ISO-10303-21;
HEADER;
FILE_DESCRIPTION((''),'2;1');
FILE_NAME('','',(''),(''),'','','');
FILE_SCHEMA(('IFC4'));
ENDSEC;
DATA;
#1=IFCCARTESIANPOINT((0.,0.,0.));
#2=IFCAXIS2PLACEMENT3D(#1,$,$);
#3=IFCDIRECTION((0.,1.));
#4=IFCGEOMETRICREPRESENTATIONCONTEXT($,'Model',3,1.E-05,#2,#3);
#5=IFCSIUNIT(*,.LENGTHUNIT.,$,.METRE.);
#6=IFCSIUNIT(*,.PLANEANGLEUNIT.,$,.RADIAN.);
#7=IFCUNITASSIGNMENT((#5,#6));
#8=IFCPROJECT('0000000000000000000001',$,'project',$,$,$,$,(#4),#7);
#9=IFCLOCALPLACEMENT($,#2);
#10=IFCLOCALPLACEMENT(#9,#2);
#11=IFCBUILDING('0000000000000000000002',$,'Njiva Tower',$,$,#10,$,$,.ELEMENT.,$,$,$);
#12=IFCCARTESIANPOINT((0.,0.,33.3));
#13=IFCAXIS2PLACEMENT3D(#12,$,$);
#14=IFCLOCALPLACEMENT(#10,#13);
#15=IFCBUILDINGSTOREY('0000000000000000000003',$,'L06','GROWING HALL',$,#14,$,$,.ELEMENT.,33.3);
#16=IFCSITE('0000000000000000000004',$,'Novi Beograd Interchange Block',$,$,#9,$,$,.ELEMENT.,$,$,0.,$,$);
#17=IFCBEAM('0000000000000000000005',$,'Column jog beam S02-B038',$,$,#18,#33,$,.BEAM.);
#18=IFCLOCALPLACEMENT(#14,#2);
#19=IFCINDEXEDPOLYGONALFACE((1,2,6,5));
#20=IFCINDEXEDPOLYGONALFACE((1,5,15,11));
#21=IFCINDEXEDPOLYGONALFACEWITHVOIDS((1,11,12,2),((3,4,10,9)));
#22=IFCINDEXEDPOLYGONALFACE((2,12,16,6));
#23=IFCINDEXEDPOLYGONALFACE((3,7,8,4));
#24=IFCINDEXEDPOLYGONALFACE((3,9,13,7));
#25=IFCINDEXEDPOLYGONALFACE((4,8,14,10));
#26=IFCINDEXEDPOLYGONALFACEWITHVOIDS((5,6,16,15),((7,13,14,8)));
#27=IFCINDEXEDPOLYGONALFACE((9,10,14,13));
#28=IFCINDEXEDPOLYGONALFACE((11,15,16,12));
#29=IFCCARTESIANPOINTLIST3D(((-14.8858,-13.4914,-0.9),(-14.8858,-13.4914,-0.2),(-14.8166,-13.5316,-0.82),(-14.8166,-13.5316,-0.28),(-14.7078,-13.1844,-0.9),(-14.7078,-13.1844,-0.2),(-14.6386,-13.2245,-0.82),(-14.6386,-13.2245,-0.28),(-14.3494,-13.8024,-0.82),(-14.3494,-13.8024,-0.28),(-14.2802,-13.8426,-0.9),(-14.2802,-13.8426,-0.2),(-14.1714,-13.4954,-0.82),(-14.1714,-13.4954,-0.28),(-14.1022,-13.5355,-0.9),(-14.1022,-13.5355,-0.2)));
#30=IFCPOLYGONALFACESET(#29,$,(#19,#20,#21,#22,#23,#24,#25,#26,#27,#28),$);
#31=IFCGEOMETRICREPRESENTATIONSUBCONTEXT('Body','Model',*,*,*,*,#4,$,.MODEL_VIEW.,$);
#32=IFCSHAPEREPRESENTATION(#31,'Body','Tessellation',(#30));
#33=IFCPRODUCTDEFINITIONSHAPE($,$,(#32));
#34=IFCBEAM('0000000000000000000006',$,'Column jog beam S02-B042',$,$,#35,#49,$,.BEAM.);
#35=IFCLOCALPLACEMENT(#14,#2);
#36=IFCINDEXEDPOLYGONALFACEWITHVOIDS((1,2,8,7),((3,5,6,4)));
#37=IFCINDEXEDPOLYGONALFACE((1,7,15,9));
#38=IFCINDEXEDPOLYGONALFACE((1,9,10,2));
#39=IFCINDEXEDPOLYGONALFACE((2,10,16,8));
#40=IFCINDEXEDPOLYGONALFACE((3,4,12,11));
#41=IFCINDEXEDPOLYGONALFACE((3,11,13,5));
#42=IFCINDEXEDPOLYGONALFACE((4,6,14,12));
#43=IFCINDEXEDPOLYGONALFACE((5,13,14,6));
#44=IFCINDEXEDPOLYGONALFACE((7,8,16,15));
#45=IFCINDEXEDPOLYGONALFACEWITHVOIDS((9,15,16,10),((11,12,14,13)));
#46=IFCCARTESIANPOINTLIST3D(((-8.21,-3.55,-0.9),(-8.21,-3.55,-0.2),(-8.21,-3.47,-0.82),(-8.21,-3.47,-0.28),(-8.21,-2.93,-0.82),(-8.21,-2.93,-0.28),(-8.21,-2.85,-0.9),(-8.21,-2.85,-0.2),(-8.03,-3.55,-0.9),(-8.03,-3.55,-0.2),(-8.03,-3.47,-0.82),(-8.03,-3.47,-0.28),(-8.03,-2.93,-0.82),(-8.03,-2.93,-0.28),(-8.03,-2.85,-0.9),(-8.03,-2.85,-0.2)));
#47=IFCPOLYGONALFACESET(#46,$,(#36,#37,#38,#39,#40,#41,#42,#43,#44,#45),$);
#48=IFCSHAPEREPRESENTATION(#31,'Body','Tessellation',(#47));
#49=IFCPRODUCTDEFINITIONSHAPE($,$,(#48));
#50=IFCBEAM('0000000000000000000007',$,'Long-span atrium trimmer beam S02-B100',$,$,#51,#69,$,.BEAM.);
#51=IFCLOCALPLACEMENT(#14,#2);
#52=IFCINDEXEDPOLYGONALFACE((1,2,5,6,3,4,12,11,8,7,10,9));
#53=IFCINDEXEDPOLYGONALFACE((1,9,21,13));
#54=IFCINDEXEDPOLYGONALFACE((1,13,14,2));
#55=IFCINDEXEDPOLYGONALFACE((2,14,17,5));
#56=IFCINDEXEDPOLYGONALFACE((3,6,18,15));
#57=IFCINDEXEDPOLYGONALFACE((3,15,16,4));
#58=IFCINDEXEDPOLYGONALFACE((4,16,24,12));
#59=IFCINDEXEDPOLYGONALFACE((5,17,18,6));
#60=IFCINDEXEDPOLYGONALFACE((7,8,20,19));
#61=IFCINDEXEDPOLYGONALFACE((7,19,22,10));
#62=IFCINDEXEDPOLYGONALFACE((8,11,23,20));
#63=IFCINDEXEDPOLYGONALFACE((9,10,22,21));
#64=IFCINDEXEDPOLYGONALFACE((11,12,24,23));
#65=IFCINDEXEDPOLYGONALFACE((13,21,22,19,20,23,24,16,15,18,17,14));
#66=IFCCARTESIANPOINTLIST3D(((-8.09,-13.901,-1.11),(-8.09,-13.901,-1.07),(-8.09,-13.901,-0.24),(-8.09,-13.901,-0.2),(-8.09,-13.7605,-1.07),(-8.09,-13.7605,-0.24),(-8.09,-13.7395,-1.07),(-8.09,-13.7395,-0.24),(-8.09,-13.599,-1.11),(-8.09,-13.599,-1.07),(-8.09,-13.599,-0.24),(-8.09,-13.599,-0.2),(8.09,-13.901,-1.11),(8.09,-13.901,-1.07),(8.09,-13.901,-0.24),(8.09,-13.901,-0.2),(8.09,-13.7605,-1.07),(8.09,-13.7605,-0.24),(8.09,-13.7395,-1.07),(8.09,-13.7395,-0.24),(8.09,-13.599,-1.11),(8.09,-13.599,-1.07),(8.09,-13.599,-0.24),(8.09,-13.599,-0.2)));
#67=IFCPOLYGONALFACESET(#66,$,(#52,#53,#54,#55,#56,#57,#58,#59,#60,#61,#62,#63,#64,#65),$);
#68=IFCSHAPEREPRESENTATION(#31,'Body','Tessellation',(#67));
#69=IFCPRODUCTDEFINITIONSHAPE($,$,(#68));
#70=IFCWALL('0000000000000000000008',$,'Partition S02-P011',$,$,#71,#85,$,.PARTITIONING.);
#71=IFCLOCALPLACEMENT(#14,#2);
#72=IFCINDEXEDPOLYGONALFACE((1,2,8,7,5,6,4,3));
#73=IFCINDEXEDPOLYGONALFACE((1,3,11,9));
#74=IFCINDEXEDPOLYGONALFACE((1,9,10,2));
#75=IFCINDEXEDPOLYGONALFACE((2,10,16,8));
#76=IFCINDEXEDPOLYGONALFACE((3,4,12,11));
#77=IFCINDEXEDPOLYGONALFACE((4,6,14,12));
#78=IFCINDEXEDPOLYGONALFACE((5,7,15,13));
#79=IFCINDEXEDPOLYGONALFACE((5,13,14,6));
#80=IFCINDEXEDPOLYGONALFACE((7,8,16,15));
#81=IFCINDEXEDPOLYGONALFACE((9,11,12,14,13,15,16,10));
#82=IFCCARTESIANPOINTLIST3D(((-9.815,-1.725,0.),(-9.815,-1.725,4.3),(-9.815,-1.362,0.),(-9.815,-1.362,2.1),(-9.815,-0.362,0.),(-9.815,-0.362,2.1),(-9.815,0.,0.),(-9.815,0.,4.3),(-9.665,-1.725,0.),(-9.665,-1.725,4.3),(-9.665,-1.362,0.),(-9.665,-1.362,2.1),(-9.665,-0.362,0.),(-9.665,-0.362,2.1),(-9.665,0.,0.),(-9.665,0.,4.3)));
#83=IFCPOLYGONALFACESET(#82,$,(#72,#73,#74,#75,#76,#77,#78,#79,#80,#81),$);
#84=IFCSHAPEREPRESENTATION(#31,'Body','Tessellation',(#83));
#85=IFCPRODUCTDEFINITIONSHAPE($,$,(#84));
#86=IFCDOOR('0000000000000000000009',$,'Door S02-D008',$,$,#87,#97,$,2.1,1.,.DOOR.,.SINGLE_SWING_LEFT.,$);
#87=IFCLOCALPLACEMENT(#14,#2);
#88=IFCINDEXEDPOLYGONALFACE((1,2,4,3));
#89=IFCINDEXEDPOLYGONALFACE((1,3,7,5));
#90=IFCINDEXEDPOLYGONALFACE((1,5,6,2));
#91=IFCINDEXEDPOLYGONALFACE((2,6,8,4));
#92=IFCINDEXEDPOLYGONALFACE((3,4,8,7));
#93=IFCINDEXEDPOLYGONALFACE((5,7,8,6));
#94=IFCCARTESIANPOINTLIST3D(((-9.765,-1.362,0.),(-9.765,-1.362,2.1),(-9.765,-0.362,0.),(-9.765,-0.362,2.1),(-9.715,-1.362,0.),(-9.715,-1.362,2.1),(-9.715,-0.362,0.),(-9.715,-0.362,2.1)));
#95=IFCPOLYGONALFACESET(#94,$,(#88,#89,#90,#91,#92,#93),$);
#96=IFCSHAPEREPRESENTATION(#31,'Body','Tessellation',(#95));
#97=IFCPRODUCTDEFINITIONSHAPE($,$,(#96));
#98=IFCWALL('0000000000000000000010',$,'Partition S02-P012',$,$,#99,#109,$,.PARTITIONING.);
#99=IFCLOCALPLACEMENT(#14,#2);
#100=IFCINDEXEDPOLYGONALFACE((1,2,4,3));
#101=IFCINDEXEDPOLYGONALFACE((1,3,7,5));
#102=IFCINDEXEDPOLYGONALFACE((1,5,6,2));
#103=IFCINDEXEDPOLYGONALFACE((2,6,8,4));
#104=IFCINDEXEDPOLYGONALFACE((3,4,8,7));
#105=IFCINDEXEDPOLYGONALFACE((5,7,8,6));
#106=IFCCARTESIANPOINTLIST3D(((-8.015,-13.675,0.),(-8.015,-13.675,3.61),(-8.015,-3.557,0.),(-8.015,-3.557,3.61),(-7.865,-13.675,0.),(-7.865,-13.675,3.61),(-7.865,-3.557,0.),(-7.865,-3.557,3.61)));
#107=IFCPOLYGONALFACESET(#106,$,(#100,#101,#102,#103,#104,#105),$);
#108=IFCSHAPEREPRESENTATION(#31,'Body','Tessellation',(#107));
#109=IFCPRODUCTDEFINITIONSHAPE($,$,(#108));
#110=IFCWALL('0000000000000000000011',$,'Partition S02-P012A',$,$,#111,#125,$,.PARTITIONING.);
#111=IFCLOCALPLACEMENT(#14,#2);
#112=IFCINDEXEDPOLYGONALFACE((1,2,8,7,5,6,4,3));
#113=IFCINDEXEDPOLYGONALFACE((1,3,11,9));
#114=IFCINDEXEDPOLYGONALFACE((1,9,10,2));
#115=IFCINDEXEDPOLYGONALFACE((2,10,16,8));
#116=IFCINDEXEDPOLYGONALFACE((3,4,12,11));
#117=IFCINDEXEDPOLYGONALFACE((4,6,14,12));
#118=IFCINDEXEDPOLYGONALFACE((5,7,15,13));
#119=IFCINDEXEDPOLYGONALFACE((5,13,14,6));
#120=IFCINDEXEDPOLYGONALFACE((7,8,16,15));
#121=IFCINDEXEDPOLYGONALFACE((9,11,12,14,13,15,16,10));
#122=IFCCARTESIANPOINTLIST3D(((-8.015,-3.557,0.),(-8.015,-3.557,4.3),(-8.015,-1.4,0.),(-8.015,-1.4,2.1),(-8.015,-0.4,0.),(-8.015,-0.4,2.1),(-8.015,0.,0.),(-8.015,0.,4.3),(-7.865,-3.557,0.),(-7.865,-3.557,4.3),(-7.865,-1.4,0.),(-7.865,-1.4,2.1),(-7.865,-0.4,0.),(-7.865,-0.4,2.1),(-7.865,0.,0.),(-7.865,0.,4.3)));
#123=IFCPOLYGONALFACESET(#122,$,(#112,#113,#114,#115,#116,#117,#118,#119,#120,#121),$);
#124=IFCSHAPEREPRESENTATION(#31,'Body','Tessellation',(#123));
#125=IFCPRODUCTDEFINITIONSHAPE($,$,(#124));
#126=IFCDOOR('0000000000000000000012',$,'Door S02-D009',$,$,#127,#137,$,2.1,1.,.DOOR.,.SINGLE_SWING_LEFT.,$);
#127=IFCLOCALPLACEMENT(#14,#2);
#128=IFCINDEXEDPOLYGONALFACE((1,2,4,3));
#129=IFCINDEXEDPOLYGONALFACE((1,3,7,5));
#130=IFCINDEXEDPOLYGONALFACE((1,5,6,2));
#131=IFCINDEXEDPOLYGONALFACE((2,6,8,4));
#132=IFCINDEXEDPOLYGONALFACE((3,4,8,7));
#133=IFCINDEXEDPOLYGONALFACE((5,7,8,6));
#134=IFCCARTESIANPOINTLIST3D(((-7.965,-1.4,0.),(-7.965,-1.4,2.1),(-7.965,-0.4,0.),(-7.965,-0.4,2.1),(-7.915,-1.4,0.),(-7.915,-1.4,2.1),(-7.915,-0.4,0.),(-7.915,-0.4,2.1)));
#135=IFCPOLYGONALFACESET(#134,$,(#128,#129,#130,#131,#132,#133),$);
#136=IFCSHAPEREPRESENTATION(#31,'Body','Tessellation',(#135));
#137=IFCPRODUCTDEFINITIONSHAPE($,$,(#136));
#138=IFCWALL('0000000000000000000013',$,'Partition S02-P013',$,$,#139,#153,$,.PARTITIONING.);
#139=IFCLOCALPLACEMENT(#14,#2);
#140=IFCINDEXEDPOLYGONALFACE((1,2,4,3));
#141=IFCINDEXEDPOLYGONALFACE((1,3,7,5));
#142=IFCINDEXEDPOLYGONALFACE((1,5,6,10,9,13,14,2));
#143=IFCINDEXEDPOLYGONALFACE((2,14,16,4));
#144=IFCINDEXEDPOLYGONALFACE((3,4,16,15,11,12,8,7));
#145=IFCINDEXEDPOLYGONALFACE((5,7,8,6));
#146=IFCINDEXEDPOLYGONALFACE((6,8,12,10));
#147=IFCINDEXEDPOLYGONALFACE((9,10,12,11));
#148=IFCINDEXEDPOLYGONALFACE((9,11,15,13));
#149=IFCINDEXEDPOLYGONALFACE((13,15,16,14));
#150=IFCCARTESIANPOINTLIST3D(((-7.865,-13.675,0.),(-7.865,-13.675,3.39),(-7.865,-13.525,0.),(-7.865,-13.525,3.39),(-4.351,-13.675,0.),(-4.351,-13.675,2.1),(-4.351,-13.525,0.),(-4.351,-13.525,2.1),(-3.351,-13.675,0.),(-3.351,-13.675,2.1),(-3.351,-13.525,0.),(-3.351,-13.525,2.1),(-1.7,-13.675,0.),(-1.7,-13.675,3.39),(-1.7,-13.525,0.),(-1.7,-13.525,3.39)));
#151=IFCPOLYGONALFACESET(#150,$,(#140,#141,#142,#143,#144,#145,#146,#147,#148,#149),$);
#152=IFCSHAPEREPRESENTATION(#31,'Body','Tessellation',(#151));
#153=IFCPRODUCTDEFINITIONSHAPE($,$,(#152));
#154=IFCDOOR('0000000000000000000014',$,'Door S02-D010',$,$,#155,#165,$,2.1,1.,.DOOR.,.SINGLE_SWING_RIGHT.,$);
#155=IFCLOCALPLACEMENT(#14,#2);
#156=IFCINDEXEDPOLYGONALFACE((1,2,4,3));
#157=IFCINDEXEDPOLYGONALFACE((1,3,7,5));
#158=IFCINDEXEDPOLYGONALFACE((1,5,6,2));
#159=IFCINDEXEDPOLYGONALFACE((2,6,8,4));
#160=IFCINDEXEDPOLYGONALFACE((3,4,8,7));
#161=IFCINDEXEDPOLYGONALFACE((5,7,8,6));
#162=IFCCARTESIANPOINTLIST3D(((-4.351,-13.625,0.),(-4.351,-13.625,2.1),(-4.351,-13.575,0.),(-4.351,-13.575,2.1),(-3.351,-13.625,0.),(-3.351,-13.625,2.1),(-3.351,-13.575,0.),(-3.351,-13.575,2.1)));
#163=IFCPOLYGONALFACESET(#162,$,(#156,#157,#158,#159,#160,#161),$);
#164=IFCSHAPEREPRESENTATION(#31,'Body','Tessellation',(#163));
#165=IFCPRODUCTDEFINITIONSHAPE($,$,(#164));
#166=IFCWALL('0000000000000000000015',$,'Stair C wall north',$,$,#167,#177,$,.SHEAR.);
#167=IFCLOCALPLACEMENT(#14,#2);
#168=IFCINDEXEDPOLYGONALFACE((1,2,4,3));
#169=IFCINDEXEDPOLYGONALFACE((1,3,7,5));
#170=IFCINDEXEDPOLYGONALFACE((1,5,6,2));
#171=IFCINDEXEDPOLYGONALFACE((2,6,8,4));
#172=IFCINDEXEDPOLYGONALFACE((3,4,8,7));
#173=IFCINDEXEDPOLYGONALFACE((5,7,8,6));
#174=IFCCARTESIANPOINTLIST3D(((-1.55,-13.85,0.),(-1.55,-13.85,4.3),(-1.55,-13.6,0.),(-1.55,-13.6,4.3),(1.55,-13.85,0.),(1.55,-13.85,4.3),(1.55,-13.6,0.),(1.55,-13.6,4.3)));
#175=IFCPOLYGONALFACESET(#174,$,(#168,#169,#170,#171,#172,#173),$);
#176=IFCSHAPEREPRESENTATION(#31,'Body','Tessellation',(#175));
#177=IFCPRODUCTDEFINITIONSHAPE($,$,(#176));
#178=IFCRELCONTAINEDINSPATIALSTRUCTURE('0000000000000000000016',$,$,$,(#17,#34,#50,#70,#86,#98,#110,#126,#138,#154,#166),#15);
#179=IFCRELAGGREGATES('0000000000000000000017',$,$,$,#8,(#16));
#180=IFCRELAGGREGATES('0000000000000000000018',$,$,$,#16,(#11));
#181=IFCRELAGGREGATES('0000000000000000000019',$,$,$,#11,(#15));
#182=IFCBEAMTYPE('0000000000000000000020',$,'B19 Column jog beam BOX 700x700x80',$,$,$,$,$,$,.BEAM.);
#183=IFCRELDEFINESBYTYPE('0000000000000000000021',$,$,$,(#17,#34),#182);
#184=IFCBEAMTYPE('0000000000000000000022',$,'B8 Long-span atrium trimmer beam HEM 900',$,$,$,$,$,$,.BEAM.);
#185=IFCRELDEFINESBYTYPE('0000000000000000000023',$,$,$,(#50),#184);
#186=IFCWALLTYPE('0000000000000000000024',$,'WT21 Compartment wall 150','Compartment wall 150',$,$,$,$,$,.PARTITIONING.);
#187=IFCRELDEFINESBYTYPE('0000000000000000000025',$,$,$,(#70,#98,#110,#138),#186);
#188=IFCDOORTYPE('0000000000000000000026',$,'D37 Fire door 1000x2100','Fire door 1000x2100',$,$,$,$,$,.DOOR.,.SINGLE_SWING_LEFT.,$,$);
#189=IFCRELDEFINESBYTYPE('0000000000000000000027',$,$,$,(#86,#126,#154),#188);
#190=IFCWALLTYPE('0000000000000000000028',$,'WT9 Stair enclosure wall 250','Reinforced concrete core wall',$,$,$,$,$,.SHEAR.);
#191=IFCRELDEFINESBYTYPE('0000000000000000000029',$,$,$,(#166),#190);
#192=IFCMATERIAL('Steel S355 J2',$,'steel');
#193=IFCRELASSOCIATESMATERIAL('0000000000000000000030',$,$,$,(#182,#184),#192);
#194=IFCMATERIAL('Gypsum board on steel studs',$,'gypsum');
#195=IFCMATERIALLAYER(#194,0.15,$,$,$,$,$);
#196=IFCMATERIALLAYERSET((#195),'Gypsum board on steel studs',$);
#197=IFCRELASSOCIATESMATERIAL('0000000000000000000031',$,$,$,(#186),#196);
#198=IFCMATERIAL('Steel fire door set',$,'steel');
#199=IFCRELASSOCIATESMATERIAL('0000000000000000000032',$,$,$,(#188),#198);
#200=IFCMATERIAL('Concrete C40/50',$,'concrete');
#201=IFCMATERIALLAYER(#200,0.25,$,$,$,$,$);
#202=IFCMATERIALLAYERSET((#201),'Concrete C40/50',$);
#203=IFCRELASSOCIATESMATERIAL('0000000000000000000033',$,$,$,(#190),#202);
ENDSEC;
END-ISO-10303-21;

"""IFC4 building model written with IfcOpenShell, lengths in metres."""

from ifc_helpers import new_model, si_unit, direction, frame, frame_2d, origin, origin_2d, place, context, subcontext, project, spatial, rectangle, hollow_rectangle, i_section, extrude, material, layer, layer_set, material_profile, profile_set, type_object, element, fill, save


model = new_model("IFC4")

# Units and contexts
model_context = context("Model", 3, precision=1e-05, world=origin(), true_north=direction((0.0, 1.0)))
body_context = subcontext(model_context, "Body", "Model", "MODEL_VIEW")
ifc_project = project(units=[si_unit("LENGTHUNIT", "METRE"), si_unit("PLANEANGLEUNIT", "RADIAN")], contexts=[model_context])

# Site, building, storey
site_placement = place(None, origin())
site = spatial("IfcSite", under=ifc_project, at=site_placement, Name="Novi Beograd Interchange Block", CompositionType="ELEMENT", RefElevation=0.0)
building_placement = place(site_placement, origin())
building = spatial("IfcBuilding", under=site, at=building_placement, Name="Njiva Tower", CompositionType="ELEMENT")
storey_placement = place(building_placement, frame((0.0, 0.0, 33.3)))
storey = spatial("IfcBuildingStorey", under=building, at=storey_placement, Name="L06", Description="GROWING HALL", CompositionType="ELEMENT", Elevation=33.3)

# Shared definitions
ifc_material_1 = material(Name="Steel S355 J2", Category="steel")

# Beams
ifc_material_profile_1 = material_profile(ifc_material_1, hollow_rectangle(XDim=0.7, YDim=0.7, WallThickness=0.08, at=origin_2d()), Name="BOX 700x700x80")
ifc_profile_set_1 = profile_set([ifc_material_profile_1], Name="Steel S355 J2")
beam_type_1 = type_object("IfcBeamType", Name="B19 Column jog beam BOX 700x700x80", PredefinedType="BEAM", material=ifc_profile_set_1)
beam_1_placement = place(storey_placement, frame((-14.583, -13.667, -0.55), z_axis=(0.501592, 0.865105, 0.0), x_axis=(-0.865105, 0.501592, 0.0)))
element("IfcBeam", 1, at=beam_1_placement, inside=storey, type_object=beam_type_1, Name="Column jog beam S02-B038", PredefinedType="BEAM", context=body_context, shape_type="SweptSolid", body=[
    extrude(hollow_rectangle(XDim=0.7, YDim=0.7, WallThickness=0.08, at=origin_2d()), origin(), (0.0, 0.0, 1.0), 0.3549),
])
beam_2_placement = place(storey_placement, frame((-8.21, -3.2, -0.55), z_axis=(1.0, 0.0, 0.0), x_axis=(0.0, 1.0, 0.0)))
element("IfcBeam", 2, at=beam_2_placement, inside=storey, type_object=beam_type_1, Name="Column jog beam S02-B042", PredefinedType="BEAM", context=body_context, shape_type="SweptSolid", body=[
    extrude(hollow_rectangle(XDim=0.7, YDim=0.7, WallThickness=0.08, at=origin_2d()), origin(), (0.0, 0.0, 1.0), 0.18),
])
ifc_material_profile_2 = material_profile(ifc_material_1, i_section(OverallWidth=0.302, OverallDepth=0.91, WebThickness=0.021, FlangeThickness=0.04, at=origin_2d()), Name="HEM 900")
ifc_profile_set_2 = profile_set([ifc_material_profile_2], Name="Steel S355 J2")
beam_type_2 = type_object("IfcBeamType", Name="B8 Long-span atrium trimmer beam HEM 900", PredefinedType="BEAM", material=ifc_profile_set_2)
beam_3_placement = place(storey_placement, frame((-8.09, -13.75, -0.655), z_axis=(1.0, 0.0, 0.0), x_axis=(0.0, 1.0, 0.0)))
element("IfcBeam", 3, at=beam_3_placement, inside=storey, type_object=beam_type_2, Name="Long-span atrium trimmer beam S02-B100", PredefinedType="BEAM", context=body_context, shape_type="SweptSolid", body=[
    extrude(i_section(OverallWidth=0.302, OverallDepth=0.91, WebThickness=0.021, FlangeThickness=0.04, at=origin_2d()), origin(), (0.0, 0.0, 1.0), 16.18),
])

# Wall, opening, door
ifc_material_2 = material(Name="Gypsum board on steel studs", Category="gypsum")
ifc_layer_1 = layer(ifc_material_2, 0.15)
ifc_layer_set_1 = layer_set([ifc_layer_1], Name="Gypsum board on steel studs")
wall_type_1 = type_object("IfcWallType", Name="WT21 Compartment wall 150", Description="Compartment wall 150", PredefinedType="PARTITIONING", material=ifc_layer_set_1)
wall_1_placement = place(storey_placement, frame((-9.74, -1.725, 0.0), z_axis=(0.0, 0.0, 1.0), x_axis=(0.0, 1.0, 0.0)))
wall_1 = element("IfcWall", 4, at=wall_1_placement, inside=storey, type_object=wall_type_1, Name="Partition S02-P011", PredefinedType="PARTITIONING", context=body_context, shape_type="SweptSolid", body=[
    extrude(rectangle(XDim=1.725, YDim=0.15, at=frame_2d((0.8625, 0.0))), origin(), (0.0, 0.0, 1.0), 4.3),
])
opening_1_placement = place(wall_1_placement, frame((0.363, 0.0, 0.0)))
opening_1 = element("IfcOpeningElement", 5, at=opening_1_placement, cuts=wall_1, PredefinedType="OPENING", context=body_context, shape_type="SweptSolid", body=[
    extrude(rectangle(XDim=1.0, YDim=2.1, at=frame_2d((0.5, 1.05))), frame((0.0, 0.085, 0.0), z_axis=(0.0, -1.0, 0.0), x_axis=(1.0, 0.0, 0.0)), (0.0, 0.0, 1.0), 0.17),
])
ifc_material_3 = material(Name="Steel fire door set", Category="steel")
door_type = type_object("IfcDoorType", Name="D37 Fire door 1000x2100", Description="Fire door 1000x2100", OperationType="SINGLE_SWING_LEFT", PredefinedType="DOOR", material=ifc_material_3)
door_1_placement = place(opening_1_placement, origin())
door_1 = element("IfcDoor", 6, at=door_1_placement, inside=storey, type_object=door_type, Name="Door S02-D008", OperationType="SINGLE_SWING_LEFT", OverallHeight=2.1, OverallWidth=1.0, PredefinedType="DOOR", context=body_context, shape_type="SweptSolid", body=[
    extrude(rectangle(XDim=1.0, YDim=2.1, at=frame_2d((0.5, 1.05))), frame((0.0, 0.025, 0.0), z_axis=(0.0, -1.0, 0.0), x_axis=(1.0, 0.0, 0.0)), (0.0, 0.0, 1.0), 0.05),
])
fill(opening_1, door_1)

# Wall
wall_2_placement = place(storey_placement, frame((-7.94, -13.675, 0.0), z_axis=(0.0, 0.0, 1.0), x_axis=(0.0, 1.0, 0.0)))
element("IfcWall", 7, at=wall_2_placement, inside=storey, type_object=wall_type_1, Name="Partition S02-P012", PredefinedType="PARTITIONING", context=body_context, shape_type="SweptSolid", body=[
    extrude(rectangle(XDim=10.118, YDim=0.15, at=frame_2d((5.059, 0.0))), origin(), (0.0, 0.0, 1.0), 3.61),
])

# Walls, openings, doors
wall_3_placement = place(storey_placement, frame((-7.94, -3.557, 0.0), z_axis=(0.0, 0.0, 1.0), x_axis=(0.0, 1.0, 0.0)))
wall_3 = element("IfcWall", 8, at=wall_3_placement, inside=storey, type_object=wall_type_1, Name="Partition S02-P012A", PredefinedType="PARTITIONING", context=body_context, shape_type="SweptSolid", body=[
    extrude(rectangle(XDim=3.557, YDim=0.15, at=frame_2d((1.7785, 0.0))), origin(), (0.0, 0.0, 1.0), 4.3),
])
opening_2_placement = place(wall_3_placement, frame((2.157, 0.0, 0.0)))
opening_2 = element("IfcOpeningElement", 9, at=opening_2_placement, cuts=wall_3, PredefinedType="OPENING", context=body_context, shape_type="SweptSolid", body=[
    extrude(rectangle(XDim=1.0, YDim=2.1, at=frame_2d((0.5, 1.05))), frame((0.0, 0.085, 0.0), z_axis=(0.0, -1.0, 0.0), x_axis=(1.0, 0.0, 0.0)), (0.0, 0.0, 1.0), 0.17),
])
door_2_placement = place(opening_2_placement, origin())
door_2 = element("IfcDoor", 10, at=door_2_placement, inside=storey, type_object=door_type, Name="Door S02-D009", OperationType="SINGLE_SWING_LEFT", OverallHeight=2.1, OverallWidth=1.0, PredefinedType="DOOR", context=body_context, shape_type="SweptSolid", body=[
    extrude(rectangle(XDim=1.0, YDim=2.1, at=frame_2d((0.5, 1.05))), frame((0.0, 0.025, 0.0), z_axis=(0.0, -1.0, 0.0), x_axis=(1.0, 0.0, 0.0)), (0.0, 0.0, 1.0), 0.05),
])
fill(opening_2, door_2)
wall_4_placement = place(storey_placement, frame((-7.865, -13.6, 0.0), z_axis=(0.0, 0.0, 1.0), x_axis=(1.0, 0.0, 0.0)))
wall_4 = element("IfcWall", 11, at=wall_4_placement, inside=storey, type_object=wall_type_1, Name="Partition S02-P013", PredefinedType="PARTITIONING", context=body_context, shape_type="SweptSolid", body=[
    extrude(rectangle(XDim=6.165, YDim=0.15, at=frame_2d((3.0825, 0.0))), origin(), (0.0, 0.0, 1.0), 3.39),
])
opening_3_placement = place(wall_4_placement, frame((3.514, 0.0, 0.0)))
opening_3 = element("IfcOpeningElement", 12, at=opening_3_placement, cuts=wall_4, PredefinedType="OPENING", context=body_context, shape_type="SweptSolid", body=[
    extrude(rectangle(XDim=1.0, YDim=2.1, at=frame_2d((0.5, 1.05))), frame((0.0, 0.085, 0.0), z_axis=(0.0, -1.0, 0.0), x_axis=(1.0, 0.0, 0.0)), (0.0, 0.0, 1.0), 0.17),
])
door_3_placement = place(opening_3_placement, origin())
door_3 = element("IfcDoor", 13, at=door_3_placement, inside=storey, type_object=door_type, Name="Door S02-D010", OperationType="SINGLE_SWING_RIGHT", OverallHeight=2.1, OverallWidth=1.0, PredefinedType="DOOR", context=body_context, shape_type="SweptSolid", body=[
    extrude(rectangle(XDim=1.0, YDim=2.1, at=frame_2d((0.5, 1.05))), frame((0.0, 0.025, 0.0), z_axis=(0.0, -1.0, 0.0), x_axis=(1.0, 0.0, 0.0)), (0.0, 0.0, 1.0), 0.05),
])
fill(opening_3, door_3)

# Wall
ifc_material_4 = material(Name="Concrete C40/50", Category="concrete")
ifc_layer_2 = layer(ifc_material_4, 0.25)
ifc_layer_set_2 = layer_set([ifc_layer_2], Name="Concrete C40/50")
wall_type_2 = type_object("IfcWallType", Name="WT9 Stair enclosure wall 250", Description="Reinforced concrete core wall", PredefinedType="SHEAR", material=ifc_layer_set_2)
wall_5_placement = place(storey_placement, frame((-1.55, -13.725, 0.0), z_axis=(0.0, 0.0, 1.0), x_axis=(1.0, 0.0, 0.0)))
element("IfcWall", 14, at=wall_5_placement, inside=storey, type_object=wall_type_2, Name="Stair C wall north", PredefinedType="SHEAR", context=body_context, shape_type="SweptSolid", body=[
    extrude(rectangle(XDim=3.1, YDim=0.25, at=frame_2d((1.55, 0.0))), origin(), (0.0, 0.0, 1.0), 4.3),
])

save(model, "model.ifc")
